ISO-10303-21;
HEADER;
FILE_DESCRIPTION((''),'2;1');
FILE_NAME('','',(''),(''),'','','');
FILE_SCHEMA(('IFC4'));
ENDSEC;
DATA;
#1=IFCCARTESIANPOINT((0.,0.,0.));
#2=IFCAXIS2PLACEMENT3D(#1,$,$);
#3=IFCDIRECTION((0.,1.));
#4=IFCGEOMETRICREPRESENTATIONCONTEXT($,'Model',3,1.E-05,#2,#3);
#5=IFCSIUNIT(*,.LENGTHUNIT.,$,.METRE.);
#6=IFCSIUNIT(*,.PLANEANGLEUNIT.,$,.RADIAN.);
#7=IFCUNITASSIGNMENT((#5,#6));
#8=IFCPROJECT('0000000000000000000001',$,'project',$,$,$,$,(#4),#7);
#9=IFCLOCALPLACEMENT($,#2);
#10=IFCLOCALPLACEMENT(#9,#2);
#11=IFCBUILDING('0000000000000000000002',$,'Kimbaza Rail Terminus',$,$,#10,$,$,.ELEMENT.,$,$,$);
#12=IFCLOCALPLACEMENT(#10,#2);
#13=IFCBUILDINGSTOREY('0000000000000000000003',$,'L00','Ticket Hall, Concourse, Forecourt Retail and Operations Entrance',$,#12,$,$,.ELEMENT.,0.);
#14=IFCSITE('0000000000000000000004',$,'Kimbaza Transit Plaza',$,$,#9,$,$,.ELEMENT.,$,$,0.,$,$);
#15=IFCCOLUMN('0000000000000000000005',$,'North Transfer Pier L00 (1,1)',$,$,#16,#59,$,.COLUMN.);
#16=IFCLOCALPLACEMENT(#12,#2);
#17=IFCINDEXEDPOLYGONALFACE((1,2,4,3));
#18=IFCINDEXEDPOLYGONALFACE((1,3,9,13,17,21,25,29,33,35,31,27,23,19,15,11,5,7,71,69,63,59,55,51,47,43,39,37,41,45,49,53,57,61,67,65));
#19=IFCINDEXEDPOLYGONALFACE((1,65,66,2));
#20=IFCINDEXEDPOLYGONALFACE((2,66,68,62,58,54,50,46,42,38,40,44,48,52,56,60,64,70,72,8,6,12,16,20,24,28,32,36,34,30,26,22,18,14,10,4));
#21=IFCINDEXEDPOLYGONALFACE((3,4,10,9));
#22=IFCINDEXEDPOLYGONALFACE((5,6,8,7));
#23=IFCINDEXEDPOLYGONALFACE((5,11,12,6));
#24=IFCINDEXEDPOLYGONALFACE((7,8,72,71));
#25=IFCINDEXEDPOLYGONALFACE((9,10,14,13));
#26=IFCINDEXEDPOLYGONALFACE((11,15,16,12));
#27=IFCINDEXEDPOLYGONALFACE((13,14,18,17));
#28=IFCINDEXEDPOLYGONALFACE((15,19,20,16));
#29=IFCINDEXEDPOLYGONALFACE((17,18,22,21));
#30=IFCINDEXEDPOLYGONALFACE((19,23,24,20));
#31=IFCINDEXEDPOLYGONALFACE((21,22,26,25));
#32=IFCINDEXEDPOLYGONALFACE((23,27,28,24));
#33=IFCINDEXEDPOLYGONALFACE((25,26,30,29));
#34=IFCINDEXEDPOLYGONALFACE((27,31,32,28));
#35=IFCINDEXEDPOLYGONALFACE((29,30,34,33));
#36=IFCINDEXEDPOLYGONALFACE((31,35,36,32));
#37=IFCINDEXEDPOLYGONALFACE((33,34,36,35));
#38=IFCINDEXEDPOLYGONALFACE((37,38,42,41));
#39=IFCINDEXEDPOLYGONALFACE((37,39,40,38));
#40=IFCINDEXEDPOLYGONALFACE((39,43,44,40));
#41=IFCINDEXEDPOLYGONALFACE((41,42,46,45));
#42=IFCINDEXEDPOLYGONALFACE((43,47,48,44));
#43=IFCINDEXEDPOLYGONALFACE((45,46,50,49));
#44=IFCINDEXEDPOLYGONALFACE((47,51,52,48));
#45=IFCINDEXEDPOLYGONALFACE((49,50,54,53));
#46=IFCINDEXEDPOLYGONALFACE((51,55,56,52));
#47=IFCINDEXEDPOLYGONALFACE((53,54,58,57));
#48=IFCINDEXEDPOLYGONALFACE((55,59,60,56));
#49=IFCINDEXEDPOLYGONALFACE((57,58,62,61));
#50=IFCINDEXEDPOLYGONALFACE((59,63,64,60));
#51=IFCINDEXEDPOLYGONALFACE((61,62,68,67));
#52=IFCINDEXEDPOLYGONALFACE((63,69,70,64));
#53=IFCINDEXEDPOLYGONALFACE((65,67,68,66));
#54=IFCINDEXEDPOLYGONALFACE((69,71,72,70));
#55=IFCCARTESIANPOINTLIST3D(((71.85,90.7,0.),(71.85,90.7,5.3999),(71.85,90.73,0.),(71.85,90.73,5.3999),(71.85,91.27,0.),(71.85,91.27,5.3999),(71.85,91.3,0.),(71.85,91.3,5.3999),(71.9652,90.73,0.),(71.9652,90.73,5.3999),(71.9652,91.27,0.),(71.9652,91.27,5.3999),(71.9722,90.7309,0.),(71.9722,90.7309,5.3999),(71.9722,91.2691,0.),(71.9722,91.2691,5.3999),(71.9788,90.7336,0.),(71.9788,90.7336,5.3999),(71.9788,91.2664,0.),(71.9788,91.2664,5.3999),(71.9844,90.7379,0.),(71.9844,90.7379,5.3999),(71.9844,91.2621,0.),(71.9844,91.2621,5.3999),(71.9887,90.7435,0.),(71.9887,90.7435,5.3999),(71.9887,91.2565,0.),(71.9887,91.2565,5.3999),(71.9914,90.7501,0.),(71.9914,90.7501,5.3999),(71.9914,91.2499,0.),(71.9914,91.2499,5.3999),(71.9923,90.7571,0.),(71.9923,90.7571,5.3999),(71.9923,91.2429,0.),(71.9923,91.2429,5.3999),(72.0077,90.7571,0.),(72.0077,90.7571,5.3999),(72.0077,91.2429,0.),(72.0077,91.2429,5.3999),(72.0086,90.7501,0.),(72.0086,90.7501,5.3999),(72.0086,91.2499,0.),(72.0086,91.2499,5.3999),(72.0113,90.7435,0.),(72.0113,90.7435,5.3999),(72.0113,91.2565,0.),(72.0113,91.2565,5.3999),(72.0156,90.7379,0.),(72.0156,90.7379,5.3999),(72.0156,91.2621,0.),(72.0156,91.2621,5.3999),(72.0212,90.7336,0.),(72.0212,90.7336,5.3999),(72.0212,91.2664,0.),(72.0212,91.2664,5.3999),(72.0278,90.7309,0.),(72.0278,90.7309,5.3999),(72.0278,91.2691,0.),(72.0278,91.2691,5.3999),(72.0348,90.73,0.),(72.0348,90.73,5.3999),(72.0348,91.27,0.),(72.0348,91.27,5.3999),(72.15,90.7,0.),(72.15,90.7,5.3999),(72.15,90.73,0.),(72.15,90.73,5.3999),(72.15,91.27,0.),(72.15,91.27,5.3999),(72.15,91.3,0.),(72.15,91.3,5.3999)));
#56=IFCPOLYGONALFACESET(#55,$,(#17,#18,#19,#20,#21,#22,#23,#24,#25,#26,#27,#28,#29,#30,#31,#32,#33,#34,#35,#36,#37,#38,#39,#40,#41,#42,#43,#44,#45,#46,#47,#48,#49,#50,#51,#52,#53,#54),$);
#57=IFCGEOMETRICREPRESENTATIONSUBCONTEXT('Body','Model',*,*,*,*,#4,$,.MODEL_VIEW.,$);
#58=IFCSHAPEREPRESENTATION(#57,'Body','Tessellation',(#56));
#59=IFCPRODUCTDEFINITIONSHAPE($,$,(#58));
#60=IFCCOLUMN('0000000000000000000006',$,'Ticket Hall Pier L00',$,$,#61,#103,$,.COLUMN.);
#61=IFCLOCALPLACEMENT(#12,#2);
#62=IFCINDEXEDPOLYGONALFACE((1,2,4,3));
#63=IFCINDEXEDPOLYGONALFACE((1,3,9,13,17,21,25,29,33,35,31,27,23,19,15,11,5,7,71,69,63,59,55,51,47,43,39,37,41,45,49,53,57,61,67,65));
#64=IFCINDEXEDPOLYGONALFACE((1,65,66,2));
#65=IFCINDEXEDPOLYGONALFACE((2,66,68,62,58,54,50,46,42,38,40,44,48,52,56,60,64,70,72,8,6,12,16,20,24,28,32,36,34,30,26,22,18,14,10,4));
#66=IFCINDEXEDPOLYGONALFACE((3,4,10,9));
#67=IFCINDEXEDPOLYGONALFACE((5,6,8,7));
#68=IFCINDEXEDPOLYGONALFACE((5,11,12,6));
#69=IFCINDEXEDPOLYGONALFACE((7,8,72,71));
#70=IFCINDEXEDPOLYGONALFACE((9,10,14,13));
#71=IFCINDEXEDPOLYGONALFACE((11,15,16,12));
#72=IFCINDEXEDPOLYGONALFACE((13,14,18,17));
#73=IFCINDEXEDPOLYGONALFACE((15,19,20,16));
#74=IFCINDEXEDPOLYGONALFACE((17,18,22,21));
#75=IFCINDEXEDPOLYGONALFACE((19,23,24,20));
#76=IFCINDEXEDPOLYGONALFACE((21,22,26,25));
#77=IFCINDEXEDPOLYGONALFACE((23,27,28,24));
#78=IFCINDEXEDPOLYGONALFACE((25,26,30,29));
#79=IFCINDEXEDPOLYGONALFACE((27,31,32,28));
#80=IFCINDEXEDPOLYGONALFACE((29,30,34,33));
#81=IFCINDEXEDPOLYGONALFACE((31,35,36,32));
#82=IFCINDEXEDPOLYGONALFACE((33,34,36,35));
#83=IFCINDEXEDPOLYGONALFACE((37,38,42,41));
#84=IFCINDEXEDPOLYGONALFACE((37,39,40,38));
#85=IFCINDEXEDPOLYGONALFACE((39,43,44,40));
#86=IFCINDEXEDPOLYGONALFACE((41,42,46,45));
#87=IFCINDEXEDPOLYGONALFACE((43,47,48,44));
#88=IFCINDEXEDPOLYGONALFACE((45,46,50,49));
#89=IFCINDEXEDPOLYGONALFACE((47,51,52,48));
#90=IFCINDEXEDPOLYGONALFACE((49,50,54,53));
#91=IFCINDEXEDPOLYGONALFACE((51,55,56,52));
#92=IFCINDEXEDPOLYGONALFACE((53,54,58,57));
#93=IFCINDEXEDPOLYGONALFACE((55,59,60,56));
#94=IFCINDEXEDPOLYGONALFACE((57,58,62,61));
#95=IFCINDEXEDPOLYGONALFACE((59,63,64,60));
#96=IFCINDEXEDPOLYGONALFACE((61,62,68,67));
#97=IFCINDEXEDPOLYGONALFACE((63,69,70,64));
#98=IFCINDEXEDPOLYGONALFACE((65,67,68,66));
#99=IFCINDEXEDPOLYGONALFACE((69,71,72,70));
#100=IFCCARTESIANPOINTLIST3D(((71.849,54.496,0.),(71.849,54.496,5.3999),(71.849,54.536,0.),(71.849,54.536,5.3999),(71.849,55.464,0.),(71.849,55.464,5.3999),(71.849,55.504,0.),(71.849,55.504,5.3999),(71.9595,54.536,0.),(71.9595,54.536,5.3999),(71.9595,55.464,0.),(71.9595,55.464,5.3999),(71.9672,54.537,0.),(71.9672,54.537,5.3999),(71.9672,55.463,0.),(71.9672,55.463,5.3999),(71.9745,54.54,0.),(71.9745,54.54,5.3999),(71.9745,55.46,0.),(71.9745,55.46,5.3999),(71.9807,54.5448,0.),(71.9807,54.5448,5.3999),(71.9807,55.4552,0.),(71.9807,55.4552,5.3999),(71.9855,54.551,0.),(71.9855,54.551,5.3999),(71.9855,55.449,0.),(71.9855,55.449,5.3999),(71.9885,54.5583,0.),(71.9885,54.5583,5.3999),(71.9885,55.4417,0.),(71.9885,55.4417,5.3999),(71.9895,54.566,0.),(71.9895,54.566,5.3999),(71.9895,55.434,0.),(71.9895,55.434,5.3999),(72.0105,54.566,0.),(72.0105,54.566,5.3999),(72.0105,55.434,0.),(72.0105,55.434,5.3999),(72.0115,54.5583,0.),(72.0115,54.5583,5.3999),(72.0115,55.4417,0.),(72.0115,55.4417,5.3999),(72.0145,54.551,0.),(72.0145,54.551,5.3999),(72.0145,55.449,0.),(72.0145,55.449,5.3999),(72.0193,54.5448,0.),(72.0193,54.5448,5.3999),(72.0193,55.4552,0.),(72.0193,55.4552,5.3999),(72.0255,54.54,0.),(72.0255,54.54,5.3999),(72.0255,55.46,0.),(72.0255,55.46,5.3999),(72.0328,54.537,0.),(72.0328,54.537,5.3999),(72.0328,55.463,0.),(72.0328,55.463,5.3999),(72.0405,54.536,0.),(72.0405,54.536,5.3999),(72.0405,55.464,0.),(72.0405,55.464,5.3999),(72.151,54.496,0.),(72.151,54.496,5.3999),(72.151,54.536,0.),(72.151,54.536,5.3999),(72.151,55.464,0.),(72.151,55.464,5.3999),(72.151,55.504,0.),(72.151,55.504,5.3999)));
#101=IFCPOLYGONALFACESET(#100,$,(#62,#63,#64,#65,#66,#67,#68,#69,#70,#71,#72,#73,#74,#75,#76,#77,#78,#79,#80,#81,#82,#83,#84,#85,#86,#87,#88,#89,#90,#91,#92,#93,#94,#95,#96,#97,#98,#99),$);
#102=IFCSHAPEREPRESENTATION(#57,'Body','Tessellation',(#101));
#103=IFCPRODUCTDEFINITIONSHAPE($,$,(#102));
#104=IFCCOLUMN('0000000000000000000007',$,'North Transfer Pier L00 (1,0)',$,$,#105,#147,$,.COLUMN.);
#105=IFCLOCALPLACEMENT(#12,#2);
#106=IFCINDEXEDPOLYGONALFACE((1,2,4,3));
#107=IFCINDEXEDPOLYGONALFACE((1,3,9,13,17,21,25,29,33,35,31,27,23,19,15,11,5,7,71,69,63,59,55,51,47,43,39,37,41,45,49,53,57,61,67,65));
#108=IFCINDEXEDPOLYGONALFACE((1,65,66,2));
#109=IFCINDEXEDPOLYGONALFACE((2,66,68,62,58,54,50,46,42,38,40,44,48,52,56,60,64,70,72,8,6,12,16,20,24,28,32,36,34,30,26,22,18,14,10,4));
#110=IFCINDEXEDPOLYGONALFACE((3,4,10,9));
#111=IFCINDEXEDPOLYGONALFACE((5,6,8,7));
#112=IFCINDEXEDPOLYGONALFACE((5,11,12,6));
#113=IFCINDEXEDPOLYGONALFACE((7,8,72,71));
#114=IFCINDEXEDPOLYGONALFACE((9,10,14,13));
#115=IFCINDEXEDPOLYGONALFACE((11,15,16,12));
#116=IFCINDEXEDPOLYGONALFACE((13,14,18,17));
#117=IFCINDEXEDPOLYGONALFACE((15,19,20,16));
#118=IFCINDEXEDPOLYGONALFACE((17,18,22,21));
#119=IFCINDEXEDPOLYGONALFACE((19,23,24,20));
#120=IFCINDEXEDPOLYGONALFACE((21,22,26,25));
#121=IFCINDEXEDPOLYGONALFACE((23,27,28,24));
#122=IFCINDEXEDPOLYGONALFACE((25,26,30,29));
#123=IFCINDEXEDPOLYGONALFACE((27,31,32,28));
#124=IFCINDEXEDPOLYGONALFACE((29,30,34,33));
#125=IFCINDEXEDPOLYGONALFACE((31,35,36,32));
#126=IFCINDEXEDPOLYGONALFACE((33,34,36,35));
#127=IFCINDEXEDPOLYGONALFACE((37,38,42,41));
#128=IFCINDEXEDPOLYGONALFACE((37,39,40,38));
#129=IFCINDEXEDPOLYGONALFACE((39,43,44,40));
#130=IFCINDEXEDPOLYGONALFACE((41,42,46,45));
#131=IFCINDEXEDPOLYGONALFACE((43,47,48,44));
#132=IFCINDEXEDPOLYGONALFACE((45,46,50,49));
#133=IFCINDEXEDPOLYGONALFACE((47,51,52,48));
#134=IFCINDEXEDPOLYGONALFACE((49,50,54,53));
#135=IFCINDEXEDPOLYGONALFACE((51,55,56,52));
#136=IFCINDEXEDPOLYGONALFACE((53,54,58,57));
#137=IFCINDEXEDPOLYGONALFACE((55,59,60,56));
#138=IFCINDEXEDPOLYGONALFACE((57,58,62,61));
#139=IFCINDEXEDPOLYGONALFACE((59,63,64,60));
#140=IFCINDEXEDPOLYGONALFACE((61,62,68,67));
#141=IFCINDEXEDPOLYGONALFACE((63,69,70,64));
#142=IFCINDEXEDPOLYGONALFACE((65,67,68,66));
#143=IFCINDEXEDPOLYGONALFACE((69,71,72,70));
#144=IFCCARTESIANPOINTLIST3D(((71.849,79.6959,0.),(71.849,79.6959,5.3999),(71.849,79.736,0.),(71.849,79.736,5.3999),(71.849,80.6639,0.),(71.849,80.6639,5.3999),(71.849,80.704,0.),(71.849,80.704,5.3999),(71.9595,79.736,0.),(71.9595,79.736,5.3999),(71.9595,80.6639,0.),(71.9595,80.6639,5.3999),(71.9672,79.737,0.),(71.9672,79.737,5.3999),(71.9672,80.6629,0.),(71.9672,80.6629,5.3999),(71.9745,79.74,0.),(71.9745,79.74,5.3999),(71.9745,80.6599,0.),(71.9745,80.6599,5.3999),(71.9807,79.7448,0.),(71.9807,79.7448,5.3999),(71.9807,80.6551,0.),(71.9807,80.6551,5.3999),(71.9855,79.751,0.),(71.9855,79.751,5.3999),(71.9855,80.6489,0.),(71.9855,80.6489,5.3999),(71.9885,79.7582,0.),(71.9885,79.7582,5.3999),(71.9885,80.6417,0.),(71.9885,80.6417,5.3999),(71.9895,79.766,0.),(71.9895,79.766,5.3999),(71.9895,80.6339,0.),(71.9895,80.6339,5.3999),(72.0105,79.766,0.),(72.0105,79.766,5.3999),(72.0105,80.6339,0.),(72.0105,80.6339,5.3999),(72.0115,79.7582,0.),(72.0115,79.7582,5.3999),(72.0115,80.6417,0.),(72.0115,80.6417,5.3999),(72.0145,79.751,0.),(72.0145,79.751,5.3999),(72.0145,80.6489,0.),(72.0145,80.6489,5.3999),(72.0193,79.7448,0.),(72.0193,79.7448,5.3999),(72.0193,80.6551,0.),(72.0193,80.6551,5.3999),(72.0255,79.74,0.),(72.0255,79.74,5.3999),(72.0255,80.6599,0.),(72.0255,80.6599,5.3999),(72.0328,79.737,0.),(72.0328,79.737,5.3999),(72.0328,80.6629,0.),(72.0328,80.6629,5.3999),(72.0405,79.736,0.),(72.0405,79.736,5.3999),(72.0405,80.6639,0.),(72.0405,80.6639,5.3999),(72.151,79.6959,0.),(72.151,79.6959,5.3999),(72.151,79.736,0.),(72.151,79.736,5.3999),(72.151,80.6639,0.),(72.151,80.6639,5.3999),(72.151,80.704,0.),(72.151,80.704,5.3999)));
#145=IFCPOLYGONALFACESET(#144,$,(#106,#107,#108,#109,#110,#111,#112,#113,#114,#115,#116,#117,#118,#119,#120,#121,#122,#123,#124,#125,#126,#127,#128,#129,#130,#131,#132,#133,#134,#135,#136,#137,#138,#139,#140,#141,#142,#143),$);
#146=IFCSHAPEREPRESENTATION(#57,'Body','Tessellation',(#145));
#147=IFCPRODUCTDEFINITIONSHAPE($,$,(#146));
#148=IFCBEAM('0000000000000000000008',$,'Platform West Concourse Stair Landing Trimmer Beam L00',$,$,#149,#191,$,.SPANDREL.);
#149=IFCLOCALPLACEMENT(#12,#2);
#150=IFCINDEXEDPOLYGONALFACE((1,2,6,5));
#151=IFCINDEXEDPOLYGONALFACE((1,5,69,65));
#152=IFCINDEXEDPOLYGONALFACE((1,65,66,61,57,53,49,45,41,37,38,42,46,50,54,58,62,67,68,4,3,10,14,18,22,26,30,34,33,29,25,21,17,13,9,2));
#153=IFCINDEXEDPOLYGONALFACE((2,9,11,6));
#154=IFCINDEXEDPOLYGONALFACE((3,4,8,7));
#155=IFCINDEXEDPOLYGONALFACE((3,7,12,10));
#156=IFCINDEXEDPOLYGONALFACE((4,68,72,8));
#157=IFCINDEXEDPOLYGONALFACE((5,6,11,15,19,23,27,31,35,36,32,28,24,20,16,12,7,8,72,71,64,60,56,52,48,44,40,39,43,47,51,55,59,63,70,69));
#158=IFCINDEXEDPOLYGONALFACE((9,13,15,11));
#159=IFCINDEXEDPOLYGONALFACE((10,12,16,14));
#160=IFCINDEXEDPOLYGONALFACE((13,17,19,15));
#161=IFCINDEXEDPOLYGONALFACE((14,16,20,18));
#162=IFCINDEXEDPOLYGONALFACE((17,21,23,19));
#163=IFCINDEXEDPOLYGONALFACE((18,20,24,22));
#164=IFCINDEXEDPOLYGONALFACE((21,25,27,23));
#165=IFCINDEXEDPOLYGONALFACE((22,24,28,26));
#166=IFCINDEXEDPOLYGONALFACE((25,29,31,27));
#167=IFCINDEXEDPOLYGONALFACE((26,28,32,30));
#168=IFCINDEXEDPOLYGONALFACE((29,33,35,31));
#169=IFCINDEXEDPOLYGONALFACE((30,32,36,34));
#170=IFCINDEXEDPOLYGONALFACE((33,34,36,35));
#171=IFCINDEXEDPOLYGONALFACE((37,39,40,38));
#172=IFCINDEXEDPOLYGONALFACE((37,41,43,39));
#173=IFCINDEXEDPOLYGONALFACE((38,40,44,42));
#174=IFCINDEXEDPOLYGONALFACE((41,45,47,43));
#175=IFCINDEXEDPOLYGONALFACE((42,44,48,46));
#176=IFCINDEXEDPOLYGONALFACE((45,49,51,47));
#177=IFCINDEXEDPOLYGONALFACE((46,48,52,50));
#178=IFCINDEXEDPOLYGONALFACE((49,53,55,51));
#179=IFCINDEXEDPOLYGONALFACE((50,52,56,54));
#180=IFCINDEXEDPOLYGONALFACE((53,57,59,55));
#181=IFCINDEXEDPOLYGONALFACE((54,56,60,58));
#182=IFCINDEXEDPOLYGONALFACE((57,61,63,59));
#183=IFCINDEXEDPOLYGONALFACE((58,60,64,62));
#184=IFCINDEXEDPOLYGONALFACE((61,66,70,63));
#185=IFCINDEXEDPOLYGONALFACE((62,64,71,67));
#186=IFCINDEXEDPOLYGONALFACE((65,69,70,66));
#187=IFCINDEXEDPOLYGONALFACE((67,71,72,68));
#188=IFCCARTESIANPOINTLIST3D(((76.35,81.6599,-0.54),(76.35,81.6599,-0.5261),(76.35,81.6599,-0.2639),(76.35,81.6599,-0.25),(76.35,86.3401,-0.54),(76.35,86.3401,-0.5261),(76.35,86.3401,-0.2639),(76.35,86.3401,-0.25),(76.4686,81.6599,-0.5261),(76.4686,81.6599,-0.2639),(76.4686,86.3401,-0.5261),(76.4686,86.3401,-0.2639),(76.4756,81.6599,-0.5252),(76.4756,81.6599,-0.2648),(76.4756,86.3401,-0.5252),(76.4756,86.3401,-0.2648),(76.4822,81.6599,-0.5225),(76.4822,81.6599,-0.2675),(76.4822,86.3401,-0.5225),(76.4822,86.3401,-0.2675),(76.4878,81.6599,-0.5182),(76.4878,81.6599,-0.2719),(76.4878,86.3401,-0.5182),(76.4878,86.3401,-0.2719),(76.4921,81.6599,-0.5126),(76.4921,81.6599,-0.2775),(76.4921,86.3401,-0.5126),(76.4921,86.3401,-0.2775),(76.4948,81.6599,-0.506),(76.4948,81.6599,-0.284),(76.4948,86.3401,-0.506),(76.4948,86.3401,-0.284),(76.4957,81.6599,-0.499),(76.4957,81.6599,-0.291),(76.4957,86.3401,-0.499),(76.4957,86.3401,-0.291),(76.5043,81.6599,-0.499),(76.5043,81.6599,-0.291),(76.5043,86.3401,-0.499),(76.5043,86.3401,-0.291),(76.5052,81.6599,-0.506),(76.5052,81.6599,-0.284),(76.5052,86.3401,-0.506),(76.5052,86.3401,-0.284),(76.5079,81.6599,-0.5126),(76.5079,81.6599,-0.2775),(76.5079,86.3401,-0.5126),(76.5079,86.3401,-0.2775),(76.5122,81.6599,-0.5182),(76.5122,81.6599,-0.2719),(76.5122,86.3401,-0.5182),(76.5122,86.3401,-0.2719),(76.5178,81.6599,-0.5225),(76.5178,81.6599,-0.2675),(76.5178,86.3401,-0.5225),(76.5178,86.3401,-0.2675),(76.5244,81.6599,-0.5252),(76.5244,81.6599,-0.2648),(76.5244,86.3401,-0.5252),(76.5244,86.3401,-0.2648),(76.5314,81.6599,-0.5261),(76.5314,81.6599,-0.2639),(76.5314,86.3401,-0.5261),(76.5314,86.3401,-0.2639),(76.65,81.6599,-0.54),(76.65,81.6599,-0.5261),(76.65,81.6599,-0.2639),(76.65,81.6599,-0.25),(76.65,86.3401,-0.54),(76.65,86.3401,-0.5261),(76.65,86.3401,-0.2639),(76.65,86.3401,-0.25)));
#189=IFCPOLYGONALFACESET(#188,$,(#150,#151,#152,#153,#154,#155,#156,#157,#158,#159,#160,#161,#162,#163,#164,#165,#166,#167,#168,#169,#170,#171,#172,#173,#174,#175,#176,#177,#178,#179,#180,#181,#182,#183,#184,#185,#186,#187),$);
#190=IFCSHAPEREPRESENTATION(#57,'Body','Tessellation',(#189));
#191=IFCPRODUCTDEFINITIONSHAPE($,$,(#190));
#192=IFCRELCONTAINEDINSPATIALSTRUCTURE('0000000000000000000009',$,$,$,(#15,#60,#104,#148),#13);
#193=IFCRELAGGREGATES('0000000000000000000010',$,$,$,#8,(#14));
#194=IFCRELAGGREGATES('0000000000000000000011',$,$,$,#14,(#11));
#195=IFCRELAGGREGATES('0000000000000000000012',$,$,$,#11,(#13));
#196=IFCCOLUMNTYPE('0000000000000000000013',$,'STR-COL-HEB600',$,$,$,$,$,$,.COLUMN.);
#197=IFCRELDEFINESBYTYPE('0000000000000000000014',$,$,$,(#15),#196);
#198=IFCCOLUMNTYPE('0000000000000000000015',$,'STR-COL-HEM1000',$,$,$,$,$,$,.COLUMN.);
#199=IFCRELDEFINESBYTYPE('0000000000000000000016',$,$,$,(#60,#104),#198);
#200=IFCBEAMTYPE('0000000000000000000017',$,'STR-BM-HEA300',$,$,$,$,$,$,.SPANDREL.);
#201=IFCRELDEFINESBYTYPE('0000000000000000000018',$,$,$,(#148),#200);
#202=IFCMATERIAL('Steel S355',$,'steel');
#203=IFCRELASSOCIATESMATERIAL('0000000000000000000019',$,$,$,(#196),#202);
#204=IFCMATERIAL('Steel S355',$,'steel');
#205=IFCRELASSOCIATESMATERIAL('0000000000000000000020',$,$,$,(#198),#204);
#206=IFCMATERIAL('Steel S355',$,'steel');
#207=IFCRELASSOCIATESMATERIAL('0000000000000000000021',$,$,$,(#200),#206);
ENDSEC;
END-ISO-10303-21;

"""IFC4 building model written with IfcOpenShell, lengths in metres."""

from ifc_helpers import new_model, si_unit, direction, frame, origin, origin_2d, place, context, subcontext, project, spatial, i_section, extrude, material, material_profile, profile_set, type_object, element, save


model = new_model("IFC4")

# Units and contexts
model_context = context("Model", 3, precision=1e-05, world=origin(), true_north=direction((0.0, 1.0)))
body_context = subcontext(model_context, "Body", "Model", "MODEL_VIEW")
ifc_project = project(units=[si_unit("LENGTHUNIT", "METRE"), si_unit("PLANEANGLEUNIT", "RADIAN")], contexts=[model_context])

# Site, building, storey
site_placement = place(None, origin())
site = spatial("IfcSite", under=ifc_project, at=site_placement, Name="Kimbaza Transit Plaza", CompositionType="ELEMENT", RefElevation=0.0)
building_placement = place(site_placement, origin())
building = spatial("IfcBuilding", under=site, at=building_placement, Name="Kimbaza Rail Terminus", CompositionType="ELEMENT")
storey_placement = place(building_placement, origin())
storey = spatial("IfcBuildingStorey", under=building, at=storey_placement, Name="L00", Description="Ticket Hall, Concourse, Forecourt Retail and Operations Entrance", CompositionType="ELEMENT", Elevation=0.0)

# Columns
ifc_material_1 = material(Name="Steel S355", Category="steel")
ifc_material_profile_1 = material_profile(ifc_material_1, i_section(OverallWidth=0.3, OverallDepth=0.6001, WebThickness=0.0154, FlangeThickness=0.03, FilletRadius=0.0271, at=origin_2d()), Name="HEB 600")
ifc_profile_set_1 = profile_set([ifc_material_profile_1], Name="Steel S355")
column_type_1 = type_object("IfcColumnType", Name="STR-COL-HEB600", PredefinedType="COLUMN", material=ifc_profile_set_1)
column_placement = place(storey_placement, frame((72.0, 91.0, 0.0), z_axis=(0.0, 0.0, 1.0), x_axis=(1.0, 0.0, 0.0)))
element("IfcColumn", 1, at=column_placement, inside=storey, type_object=column_type_1, Name="North Transfer Pier L00 (1,1)", PredefinedType="COLUMN", context=body_context, shape_type="SweptSolid", body=[
    extrude(i_section(OverallWidth=0.3, OverallDepth=0.6001, WebThickness=0.0154, FlangeThickness=0.03, FilletRadius=0.0271, at=origin_2d()), origin(), (0.0, 0.0, 1.0), 5.3999),
])
ifc_material_2 = material(Name="Steel S355", Category="steel")
ifc_material_profile_2 = material_profile(ifc_material_2, i_section(OverallWidth=0.302, OverallDepth=1.0081, WebThickness=0.021, FlangeThickness=0.04, FilletRadius=0.03, at=origin_2d()), Name="HEM 1000")
ifc_profile_set_2 = profile_set([ifc_material_profile_2], Name="Steel S355")
column_type_2 = type_object("IfcColumnType", Name="STR-COL-HEM1000", PredefinedType="COLUMN", material=ifc_profile_set_2)
for number, where, z_axis, x_axis, name in (
    (2, (72.0, 55.0, 0.0), (0.0, 0.0, 1.0), (1.0, 0.0, 0.0), "Ticket Hall Pier L00"),
    (3, (72.0, 80.2, 0.0), (0.0, 0.0, 1.0), (1.0, 0.0, 0.0), "North Transfer Pier L00 (1,0)"),
):
    element("IfcColumn", number, at=place(storey_placement, frame(where, z_axis=z_axis, x_axis=x_axis)), inside=storey, type_object=column_type_2, Name=name, PredefinedType="COLUMN", context=body_context, shape_type="SweptSolid", body=[
        extrude(i_section(OverallWidth=0.302, OverallDepth=1.0081, WebThickness=0.021, FlangeThickness=0.04, FilletRadius=0.03, at=origin_2d()), origin(), (0.0, 0.0, 1.0), 5.3999),
    ])

# Beam
ifc_material_3 = material(Name="Steel S355", Category="steel")
ifc_material_profile_3 = material_profile(ifc_material_3, i_section(OverallWidth=0.3, OverallDepth=0.29, WebThickness=0.0085, FlangeThickness=0.0139, FilletRadius=0.0271, at=origin_2d()), Name="HEA 300")
ifc_profile_set_3 = profile_set([ifc_material_profile_3], Name="Steel S355")
beam_type_1 = type_object("IfcBeamType", Name="STR-BM-HEA300", PredefinedType="SPANDREL", material=ifc_profile_set_3)
beam_1_placement = place(storey_placement, frame((76.5, 81.6599, -0.395), z_axis=(0.0, 1.0, 0.0), x_axis=(-1.0, 0.0, 0.0)))
element("IfcBeam", 4, at=beam_1_placement, inside=storey, type_object=beam_type_1, Name="Platform West Concourse Stair Landing Trimmer Beam L00", PredefinedType="SPANDREL", context=body_context, shape_type="SweptSolid", body=[
    extrude(i_section(OverallWidth=0.3, OverallDepth=0.29, WebThickness=0.0085, FlangeThickness=0.0139, FilletRadius=0.0271, at=origin_2d()), origin(), (0.0, 0.0, 1.0), 4.6802),
])

save(model, "model.ifc")
